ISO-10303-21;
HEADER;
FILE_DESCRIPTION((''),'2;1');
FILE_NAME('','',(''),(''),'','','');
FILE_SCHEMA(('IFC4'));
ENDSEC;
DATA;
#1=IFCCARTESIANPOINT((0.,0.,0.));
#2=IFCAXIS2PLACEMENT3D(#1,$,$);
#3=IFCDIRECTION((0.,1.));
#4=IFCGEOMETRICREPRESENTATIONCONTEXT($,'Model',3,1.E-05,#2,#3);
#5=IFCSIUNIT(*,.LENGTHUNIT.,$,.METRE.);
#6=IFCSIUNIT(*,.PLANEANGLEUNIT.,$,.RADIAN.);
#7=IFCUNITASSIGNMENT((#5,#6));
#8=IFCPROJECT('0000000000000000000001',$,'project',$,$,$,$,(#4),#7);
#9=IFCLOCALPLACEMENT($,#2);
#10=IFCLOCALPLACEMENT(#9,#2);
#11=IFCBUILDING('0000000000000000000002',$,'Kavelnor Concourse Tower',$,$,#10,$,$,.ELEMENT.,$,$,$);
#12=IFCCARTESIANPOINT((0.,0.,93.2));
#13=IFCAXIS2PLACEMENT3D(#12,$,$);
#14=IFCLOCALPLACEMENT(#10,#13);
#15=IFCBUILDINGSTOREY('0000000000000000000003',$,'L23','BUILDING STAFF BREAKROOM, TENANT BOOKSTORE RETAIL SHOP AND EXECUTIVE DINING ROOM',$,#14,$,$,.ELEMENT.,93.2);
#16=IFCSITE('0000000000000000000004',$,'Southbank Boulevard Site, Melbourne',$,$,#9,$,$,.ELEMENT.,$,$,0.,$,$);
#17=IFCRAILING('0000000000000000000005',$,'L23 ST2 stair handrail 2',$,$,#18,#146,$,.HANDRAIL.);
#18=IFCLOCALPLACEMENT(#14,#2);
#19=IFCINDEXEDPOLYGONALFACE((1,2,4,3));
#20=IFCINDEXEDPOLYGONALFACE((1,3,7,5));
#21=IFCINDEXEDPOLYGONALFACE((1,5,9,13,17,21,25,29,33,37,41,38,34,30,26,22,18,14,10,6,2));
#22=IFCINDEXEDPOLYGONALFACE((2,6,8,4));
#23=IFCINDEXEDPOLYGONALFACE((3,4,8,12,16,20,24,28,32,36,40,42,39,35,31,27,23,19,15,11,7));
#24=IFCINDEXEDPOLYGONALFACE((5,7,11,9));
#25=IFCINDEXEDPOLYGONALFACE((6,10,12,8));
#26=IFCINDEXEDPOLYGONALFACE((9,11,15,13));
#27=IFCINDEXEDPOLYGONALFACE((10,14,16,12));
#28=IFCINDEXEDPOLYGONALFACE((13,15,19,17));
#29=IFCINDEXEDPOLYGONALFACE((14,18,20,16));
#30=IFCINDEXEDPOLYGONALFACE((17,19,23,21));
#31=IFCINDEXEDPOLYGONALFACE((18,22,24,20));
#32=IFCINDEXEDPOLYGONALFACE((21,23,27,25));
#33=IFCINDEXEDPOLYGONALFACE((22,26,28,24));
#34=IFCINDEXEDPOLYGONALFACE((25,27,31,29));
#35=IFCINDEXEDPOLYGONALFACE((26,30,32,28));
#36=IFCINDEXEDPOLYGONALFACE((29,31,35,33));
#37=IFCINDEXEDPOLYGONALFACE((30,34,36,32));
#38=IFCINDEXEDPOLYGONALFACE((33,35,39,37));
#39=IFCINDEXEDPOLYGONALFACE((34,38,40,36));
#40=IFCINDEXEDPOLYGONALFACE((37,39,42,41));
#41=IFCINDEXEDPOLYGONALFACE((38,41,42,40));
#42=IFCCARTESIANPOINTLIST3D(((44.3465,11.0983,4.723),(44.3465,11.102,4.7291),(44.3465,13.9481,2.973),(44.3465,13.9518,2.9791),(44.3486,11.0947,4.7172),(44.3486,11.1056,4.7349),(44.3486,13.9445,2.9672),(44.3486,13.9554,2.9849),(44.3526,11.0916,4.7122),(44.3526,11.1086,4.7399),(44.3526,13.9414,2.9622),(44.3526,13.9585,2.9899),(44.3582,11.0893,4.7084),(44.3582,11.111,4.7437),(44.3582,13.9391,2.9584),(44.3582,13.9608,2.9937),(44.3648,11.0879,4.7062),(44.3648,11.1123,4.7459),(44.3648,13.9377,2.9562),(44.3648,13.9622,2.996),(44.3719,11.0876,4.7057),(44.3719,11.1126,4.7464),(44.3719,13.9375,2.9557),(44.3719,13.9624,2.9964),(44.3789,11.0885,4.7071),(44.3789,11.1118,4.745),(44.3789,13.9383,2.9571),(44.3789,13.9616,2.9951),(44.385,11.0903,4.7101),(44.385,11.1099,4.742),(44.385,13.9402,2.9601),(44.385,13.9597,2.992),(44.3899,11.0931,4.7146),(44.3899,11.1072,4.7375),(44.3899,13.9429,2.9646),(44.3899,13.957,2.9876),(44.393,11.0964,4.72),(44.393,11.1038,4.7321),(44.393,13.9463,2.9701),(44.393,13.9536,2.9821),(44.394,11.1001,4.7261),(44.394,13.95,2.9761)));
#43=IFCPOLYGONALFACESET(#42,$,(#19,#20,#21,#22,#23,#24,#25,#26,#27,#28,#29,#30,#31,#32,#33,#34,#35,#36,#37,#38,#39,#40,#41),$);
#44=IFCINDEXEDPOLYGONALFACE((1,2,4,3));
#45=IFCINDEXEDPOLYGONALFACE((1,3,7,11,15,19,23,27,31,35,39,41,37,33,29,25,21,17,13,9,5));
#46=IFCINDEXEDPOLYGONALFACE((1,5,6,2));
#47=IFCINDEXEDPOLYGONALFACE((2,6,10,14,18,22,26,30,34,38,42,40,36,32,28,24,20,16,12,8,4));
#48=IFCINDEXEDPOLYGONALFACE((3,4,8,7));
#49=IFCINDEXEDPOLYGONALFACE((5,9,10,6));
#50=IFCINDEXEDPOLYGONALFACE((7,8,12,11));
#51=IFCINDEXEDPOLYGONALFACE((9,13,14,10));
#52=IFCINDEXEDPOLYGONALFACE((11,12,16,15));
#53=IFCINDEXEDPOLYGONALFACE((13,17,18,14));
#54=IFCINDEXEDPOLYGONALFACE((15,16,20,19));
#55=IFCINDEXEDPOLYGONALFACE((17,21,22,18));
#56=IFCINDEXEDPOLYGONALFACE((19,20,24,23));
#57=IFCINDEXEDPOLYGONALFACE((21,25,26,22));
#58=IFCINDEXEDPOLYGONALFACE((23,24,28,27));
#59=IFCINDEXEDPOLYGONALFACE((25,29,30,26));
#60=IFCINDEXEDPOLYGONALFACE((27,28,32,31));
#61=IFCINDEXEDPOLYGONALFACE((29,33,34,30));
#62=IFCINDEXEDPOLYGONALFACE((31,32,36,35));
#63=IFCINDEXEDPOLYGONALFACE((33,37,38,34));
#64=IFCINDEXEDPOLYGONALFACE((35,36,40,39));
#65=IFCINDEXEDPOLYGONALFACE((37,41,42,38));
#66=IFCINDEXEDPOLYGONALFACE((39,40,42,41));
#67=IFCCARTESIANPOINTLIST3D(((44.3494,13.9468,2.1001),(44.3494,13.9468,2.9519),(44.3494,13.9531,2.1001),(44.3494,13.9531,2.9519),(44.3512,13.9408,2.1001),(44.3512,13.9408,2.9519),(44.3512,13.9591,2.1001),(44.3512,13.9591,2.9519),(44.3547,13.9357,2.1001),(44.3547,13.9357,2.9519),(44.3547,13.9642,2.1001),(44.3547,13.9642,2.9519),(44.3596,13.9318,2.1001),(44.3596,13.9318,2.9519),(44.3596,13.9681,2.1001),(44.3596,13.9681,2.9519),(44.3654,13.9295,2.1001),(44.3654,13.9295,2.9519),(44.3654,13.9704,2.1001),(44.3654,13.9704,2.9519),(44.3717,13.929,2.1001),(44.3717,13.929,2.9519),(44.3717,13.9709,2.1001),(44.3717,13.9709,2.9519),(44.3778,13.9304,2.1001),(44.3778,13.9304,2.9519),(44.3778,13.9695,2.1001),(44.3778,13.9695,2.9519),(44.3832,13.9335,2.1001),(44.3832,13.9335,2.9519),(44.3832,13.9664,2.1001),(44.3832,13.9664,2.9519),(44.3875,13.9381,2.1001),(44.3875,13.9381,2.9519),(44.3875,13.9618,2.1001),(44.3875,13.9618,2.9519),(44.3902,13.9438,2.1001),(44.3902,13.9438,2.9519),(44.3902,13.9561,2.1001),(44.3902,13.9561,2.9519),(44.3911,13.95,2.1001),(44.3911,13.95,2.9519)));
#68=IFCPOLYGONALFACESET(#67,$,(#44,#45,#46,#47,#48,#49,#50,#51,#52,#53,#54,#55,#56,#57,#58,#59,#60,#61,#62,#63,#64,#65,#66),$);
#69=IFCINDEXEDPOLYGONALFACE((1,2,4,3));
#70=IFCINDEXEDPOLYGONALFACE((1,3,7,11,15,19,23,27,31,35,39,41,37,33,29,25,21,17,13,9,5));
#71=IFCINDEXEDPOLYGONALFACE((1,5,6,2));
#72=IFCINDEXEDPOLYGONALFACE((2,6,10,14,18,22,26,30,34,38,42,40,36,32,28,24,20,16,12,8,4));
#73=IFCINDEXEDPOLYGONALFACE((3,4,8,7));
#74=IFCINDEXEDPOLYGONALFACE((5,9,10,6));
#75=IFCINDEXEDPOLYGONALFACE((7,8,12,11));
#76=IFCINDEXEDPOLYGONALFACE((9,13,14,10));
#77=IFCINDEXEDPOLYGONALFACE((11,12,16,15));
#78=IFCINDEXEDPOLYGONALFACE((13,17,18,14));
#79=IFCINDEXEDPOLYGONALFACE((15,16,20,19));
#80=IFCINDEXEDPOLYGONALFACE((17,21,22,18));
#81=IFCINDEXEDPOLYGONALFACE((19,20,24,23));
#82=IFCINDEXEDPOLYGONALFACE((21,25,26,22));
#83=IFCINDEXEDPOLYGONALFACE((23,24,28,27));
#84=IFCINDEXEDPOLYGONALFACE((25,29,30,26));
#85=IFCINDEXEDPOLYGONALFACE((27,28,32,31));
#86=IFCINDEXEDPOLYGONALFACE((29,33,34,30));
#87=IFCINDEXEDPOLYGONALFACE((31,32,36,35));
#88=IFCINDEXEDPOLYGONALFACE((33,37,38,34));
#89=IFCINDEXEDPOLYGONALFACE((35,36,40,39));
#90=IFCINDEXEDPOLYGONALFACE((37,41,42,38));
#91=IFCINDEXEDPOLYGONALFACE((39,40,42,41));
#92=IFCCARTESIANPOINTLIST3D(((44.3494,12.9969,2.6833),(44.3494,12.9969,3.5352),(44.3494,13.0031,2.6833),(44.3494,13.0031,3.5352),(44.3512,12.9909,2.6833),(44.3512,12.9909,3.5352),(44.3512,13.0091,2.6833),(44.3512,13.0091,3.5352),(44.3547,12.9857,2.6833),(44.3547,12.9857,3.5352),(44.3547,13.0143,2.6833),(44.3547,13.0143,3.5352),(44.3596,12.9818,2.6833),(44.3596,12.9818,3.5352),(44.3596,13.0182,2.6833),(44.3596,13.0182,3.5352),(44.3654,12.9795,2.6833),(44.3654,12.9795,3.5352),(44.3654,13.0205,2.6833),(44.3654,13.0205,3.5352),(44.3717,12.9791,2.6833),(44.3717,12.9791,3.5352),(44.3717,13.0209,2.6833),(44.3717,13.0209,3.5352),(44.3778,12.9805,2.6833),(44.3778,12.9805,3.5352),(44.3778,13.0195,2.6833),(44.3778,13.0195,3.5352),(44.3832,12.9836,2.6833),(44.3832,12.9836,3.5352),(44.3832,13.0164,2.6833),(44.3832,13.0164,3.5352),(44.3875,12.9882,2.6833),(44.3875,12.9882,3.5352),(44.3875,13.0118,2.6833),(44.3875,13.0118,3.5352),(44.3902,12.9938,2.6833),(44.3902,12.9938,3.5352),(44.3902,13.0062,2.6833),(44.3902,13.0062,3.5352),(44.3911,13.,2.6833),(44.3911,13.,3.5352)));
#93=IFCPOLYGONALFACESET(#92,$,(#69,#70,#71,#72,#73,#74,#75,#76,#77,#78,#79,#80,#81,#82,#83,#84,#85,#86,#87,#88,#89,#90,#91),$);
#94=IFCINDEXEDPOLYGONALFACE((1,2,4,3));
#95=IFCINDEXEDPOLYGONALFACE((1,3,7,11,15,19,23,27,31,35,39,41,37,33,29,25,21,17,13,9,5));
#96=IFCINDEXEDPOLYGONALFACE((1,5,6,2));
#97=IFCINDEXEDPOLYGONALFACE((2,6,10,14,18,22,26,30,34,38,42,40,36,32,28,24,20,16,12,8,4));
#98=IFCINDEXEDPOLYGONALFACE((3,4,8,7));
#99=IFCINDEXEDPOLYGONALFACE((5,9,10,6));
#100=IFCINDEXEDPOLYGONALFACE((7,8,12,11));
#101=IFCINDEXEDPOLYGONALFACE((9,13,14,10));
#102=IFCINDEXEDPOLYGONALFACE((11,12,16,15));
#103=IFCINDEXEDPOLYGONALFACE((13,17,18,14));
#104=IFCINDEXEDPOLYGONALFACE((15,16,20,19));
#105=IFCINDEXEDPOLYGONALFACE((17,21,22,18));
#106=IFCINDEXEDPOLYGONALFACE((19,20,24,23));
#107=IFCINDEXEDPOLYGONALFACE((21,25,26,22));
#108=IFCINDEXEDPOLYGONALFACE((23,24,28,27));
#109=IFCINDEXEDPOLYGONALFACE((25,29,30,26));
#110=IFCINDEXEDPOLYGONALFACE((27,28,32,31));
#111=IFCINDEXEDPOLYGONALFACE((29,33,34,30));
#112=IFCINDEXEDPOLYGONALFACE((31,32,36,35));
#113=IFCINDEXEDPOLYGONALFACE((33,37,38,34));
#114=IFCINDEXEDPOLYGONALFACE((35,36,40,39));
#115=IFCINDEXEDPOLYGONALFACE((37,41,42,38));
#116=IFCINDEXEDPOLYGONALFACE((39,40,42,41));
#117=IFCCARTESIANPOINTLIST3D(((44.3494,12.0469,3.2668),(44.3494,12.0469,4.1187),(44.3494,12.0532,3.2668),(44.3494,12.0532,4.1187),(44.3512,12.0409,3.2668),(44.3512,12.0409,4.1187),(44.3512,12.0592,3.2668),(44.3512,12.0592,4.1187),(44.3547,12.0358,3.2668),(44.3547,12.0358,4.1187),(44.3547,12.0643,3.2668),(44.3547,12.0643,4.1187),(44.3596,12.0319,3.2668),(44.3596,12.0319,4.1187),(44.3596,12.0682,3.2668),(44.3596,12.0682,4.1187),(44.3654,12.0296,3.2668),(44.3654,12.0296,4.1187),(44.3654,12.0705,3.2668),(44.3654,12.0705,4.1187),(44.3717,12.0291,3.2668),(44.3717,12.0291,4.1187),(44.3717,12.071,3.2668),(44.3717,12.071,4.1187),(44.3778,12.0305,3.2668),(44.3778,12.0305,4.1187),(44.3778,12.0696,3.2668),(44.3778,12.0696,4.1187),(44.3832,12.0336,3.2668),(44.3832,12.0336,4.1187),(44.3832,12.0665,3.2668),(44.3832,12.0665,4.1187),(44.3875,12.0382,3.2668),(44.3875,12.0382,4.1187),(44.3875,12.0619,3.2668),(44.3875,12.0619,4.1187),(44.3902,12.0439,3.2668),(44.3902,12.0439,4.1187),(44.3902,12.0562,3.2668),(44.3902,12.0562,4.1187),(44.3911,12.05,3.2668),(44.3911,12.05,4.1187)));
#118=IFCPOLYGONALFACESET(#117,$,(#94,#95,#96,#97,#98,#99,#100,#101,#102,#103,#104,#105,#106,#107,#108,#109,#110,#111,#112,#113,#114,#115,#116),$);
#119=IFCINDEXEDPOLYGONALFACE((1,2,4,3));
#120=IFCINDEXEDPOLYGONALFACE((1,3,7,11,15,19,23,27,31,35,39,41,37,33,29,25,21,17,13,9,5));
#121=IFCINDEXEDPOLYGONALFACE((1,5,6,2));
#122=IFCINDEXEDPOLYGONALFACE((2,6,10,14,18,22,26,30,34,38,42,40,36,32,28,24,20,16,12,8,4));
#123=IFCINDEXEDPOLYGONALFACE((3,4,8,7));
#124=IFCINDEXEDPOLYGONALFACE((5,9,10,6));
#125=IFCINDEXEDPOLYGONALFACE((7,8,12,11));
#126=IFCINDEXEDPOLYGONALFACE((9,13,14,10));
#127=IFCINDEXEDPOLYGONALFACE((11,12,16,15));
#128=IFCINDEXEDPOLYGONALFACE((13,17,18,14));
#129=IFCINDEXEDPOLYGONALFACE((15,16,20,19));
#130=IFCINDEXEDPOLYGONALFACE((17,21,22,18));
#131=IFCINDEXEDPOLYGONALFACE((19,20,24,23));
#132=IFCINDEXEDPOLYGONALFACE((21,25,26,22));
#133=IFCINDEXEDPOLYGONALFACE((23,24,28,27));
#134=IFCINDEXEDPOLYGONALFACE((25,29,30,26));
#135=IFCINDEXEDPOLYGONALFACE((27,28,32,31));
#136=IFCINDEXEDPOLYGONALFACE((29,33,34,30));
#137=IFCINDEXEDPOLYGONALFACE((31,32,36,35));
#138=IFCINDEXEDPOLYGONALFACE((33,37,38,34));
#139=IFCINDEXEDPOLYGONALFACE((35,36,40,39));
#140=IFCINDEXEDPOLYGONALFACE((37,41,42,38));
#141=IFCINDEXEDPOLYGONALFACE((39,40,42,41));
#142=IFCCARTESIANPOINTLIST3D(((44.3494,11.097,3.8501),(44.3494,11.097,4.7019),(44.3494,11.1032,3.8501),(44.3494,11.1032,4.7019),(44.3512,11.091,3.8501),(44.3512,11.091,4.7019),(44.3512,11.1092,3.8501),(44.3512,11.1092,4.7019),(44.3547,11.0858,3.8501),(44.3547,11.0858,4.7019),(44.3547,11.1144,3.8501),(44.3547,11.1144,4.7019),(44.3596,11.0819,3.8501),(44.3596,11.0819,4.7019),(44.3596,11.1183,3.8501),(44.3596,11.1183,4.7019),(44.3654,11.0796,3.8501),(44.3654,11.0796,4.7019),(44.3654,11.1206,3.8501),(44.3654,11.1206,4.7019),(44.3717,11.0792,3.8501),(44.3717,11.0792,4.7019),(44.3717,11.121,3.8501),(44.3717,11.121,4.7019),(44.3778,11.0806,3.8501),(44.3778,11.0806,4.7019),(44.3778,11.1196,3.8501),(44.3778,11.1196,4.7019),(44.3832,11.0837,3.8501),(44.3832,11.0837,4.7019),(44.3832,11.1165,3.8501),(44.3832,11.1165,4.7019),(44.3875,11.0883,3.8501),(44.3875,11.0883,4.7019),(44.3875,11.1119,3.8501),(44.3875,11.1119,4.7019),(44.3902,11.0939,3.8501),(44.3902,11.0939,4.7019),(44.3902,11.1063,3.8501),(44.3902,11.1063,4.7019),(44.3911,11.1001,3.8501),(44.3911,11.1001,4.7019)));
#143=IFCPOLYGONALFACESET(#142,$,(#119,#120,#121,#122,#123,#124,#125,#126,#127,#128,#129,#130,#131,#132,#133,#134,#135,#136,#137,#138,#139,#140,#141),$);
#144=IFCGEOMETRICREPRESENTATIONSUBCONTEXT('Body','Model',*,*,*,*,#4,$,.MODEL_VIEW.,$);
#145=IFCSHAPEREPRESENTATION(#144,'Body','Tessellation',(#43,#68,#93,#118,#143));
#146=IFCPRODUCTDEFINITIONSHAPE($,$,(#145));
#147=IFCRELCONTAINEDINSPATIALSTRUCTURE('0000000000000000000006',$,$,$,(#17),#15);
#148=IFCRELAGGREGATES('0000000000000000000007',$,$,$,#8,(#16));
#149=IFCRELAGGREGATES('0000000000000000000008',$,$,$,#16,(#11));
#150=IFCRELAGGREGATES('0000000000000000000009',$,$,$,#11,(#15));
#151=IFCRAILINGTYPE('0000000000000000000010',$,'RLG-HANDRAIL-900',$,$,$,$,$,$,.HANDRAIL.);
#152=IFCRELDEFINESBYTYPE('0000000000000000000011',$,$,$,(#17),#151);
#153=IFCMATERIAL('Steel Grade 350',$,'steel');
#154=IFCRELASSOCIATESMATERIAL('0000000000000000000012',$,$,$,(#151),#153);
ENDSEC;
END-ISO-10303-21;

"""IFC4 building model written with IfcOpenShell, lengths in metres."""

from ifc_helpers import new_model, si_unit, direction, frame, origin, origin_2d, place, context, subcontext, project, spatial, circle, extrude, material, type_object, element, save


model = new_model("IFC4")

# Units and contexts
model_context = context("Model", 3, precision=1e-05, world=origin(), true_north=direction((0.0, 1.0)))
body_context = subcontext(model_context, "Body", "Model", "MODEL_VIEW")
ifc_project = project(units=[si_unit("LENGTHUNIT", "METRE"), si_unit("PLANEANGLEUNIT", "RADIAN")], contexts=[model_context])

# Site, building, storey
site_placement = place(None, origin())
site = spatial("IfcSite", under=ifc_project, at=site_placement, Name="Southbank Boulevard Site, Melbourne", CompositionType="ELEMENT", RefElevation=0.0)
building_placement = place(site_placement, origin())
building = spatial("IfcBuilding", under=site, at=building_placement, Name="Kavelnor Concourse Tower", CompositionType="ELEMENT")
storey_placement = place(building_placement, frame((0.0, 0.0, 93.2)))
storey = spatial("IfcBuildingStorey", under=building, at=storey_placement, Name="L23", Description="BUILDING STAFF BREAKROOM, TENANT BOOKSTORE RETAIL SHOP AND EXECUTIVE DINING ROOM", CompositionType="ELEMENT", Elevation=93.2)

# Shared definitions
ifc_material_1 = material(Name="Steel Grade 350", Category="steel")

# Railing
railing_type_1 = type_object("IfcRailingType", Name="RLG-HANDRAIL-900", PredefinedType="HANDRAIL", material=ifc_material_1)
railing_1_placement = place(storey_placement, frame((44.3701, 13.95, 2.1001)))
element("IfcRailing", 1, at=railing_1_placement, inside=storey, type_object=railing_type_1, Name="L23 ST2 stair handrail 2", PredefinedType="HANDRAIL", context=body_context, shape_type="SweptSolid", body=[
    extrude(circle(Radius=0.0239, at=origin_2d()), frame((0.0, 0.0, 0.876), z_axis=(0.0, -0.852159, 0.523283), x_axis=(1.0, 0.0, 0.0)), (0.0, 0.0, 1.0), 3.3442),
    extrude(circle(Radius=0.021, at=origin_2d()), origin(), (0.0, 0.0, 1.0), 0.8518),
    extrude(circle(Radius=0.021, at=origin_2d()), frame((0.0, -0.95, 0.5833)), (0.0, 0.0, 1.0), 0.8518),
    extrude(circle(Radius=0.021, at=origin_2d()), frame((0.0, -1.8999, 1.1667)), (0.0, 0.0, 1.0), 0.8518),
    extrude(circle(Radius=0.021, at=origin_2d()), frame((0.0, -2.8499, 1.75)), (0.0, 0.0, 1.0), 0.8518),
])

save(model, "model.ifc")
